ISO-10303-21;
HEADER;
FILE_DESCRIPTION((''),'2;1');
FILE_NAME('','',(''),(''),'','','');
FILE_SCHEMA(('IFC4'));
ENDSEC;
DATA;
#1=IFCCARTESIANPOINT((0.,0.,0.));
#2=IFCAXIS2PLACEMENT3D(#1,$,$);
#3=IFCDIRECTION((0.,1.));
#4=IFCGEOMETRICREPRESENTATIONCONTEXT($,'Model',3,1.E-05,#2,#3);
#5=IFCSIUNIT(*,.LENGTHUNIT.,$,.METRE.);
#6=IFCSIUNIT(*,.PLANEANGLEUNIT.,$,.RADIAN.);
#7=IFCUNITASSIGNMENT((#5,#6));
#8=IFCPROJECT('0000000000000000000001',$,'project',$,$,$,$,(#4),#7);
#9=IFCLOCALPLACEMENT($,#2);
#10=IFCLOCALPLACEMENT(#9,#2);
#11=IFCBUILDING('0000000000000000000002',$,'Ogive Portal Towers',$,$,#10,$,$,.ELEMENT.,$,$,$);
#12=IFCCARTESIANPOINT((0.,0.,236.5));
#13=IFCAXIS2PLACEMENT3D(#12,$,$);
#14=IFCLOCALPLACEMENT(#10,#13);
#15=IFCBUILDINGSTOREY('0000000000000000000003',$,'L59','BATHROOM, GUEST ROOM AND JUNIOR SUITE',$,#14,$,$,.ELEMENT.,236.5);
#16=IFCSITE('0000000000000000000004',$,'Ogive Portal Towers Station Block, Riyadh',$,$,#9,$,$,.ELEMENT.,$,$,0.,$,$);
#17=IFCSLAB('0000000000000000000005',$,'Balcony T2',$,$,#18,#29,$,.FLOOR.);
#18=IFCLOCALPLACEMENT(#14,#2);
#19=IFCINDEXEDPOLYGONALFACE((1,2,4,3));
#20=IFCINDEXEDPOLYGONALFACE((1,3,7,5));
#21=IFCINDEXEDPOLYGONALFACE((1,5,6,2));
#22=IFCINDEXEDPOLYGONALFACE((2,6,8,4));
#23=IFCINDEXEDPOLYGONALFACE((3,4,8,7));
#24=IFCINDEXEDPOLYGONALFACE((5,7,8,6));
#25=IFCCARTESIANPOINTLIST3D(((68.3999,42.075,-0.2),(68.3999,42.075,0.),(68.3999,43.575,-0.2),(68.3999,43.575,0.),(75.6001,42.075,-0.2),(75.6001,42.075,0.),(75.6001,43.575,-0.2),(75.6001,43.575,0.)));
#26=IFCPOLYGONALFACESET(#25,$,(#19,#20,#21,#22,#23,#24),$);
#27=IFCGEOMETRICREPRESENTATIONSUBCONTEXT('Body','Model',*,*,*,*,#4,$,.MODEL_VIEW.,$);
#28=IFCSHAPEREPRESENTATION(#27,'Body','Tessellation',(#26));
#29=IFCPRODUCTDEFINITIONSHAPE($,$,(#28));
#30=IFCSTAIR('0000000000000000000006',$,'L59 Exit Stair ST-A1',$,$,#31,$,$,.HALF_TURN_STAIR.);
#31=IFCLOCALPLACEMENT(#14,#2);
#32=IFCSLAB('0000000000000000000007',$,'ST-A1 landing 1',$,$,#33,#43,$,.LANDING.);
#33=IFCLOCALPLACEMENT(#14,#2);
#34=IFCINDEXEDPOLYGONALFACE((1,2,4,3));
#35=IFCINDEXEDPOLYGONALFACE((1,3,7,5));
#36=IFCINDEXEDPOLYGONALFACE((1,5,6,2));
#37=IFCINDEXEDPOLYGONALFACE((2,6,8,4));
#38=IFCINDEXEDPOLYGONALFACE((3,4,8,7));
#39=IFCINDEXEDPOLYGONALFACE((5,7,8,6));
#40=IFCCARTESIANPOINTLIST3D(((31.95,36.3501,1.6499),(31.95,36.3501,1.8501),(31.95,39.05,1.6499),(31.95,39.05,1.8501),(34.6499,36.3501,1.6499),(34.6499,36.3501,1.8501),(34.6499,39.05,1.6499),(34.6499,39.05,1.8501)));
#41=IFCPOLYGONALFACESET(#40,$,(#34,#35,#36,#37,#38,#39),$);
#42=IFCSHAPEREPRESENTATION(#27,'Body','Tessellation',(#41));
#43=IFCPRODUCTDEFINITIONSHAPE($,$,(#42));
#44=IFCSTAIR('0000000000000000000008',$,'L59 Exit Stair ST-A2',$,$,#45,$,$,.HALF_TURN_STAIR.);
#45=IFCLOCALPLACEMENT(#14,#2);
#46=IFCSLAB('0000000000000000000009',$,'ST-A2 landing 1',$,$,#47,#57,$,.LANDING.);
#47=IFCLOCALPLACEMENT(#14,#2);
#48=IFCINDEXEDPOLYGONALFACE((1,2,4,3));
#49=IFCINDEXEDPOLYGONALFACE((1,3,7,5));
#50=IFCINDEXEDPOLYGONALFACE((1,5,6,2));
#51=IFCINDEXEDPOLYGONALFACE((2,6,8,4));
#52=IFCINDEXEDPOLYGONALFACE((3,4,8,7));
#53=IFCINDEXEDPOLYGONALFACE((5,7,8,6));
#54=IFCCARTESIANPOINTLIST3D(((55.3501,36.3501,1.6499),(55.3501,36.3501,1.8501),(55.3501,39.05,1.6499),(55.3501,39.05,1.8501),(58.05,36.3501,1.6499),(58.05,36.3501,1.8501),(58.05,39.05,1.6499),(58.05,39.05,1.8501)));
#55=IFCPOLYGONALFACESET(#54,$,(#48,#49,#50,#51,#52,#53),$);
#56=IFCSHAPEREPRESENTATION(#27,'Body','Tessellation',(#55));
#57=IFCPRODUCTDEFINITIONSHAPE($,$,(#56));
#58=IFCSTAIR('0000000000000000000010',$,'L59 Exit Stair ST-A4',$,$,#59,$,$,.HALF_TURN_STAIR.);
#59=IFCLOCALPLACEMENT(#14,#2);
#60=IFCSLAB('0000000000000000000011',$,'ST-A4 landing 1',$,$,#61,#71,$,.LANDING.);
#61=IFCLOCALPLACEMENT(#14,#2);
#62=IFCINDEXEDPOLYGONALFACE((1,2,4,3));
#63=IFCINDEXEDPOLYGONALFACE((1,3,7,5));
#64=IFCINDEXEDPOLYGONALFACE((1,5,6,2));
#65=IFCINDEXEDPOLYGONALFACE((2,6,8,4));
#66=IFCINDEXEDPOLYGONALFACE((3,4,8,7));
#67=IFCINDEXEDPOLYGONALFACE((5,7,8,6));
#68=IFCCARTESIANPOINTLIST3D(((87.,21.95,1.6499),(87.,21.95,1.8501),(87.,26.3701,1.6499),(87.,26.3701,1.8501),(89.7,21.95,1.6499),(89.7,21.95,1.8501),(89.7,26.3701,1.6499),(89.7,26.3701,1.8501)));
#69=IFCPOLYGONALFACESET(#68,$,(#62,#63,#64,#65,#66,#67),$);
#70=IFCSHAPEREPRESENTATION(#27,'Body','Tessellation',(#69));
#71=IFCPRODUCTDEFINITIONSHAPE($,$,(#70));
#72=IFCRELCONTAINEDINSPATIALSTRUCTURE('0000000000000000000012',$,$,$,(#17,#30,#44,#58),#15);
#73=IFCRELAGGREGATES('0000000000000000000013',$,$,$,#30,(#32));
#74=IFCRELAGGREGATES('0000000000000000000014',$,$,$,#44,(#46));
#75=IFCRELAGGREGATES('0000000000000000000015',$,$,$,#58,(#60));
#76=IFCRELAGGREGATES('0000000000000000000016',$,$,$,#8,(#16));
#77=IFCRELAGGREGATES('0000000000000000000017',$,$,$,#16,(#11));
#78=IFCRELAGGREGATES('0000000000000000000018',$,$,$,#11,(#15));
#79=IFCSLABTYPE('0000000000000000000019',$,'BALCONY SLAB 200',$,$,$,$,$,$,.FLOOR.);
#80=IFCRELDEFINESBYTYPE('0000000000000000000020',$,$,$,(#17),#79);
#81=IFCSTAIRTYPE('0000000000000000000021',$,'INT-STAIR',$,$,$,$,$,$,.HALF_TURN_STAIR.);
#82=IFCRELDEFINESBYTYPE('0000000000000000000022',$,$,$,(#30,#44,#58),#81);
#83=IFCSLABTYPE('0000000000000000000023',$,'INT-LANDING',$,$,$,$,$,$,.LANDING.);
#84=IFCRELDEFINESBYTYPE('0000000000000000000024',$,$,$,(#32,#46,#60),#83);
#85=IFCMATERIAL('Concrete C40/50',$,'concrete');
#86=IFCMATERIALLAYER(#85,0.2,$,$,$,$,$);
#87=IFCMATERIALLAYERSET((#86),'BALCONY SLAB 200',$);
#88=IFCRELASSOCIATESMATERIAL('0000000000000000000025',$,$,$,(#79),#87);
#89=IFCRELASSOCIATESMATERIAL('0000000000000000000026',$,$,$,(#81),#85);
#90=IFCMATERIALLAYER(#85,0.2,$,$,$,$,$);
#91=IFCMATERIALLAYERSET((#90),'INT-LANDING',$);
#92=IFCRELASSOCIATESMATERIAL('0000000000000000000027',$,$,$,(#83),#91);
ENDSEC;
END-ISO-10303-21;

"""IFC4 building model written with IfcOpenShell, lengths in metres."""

from ifc_helpers import new_model, si_unit, direction, frame, origin, place, context, subcontext, project, spatial, polyline, outline, extrude, material, layer, layer_set, type_object, element, aggregate, save


model = new_model("IFC4")

# Units and contexts
model_context = context("Model", 3, precision=1e-05, world=origin(), true_north=direction((0.0, 1.0)))
body_context = subcontext(model_context, "Body", "Model", "MODEL_VIEW")
ifc_project = project(units=[si_unit("LENGTHUNIT", "METRE"), si_unit("PLANEANGLEUNIT", "RADIAN")], contexts=[model_context])

# Site, building, storey
site_placement = place(None, origin())
site = spatial("IfcSite", under=ifc_project, at=site_placement, Name="Ogive Portal Towers Station Block, Riyadh", CompositionType="ELEMENT", RefElevation=0.0)
building_placement = place(site_placement, origin())
building = spatial("IfcBuilding", under=site, at=building_placement, Name="Ogive Portal Towers", CompositionType="ELEMENT")
storey_placement = place(building_placement, frame((0.0, 0.0, 236.5)))
storey = spatial("IfcBuildingStorey", under=building, at=storey_placement, Name="L59", Description="BATHROOM, GUEST ROOM AND JUNIOR SUITE", CompositionType="ELEMENT", Elevation=236.5)

# Slab
ifc_material_1 = material(Name="Concrete C40/50", Category="concrete")
ifc_layer_1 = layer(ifc_material_1, 0.2)
ifc_layer_set_1 = layer_set([ifc_layer_1], Name="BALCONY SLAB 200")
slab_type_1 = type_object("IfcSlabType", Name="BALCONY SLAB 200", PredefinedType="FLOOR", material=ifc_layer_set_1)
slab_1_placement = place(storey_placement, frame((0.0, 0.0, -0.2)))
element("IfcSlab", 1, at=slab_1_placement, inside=storey, type_object=slab_type_1, Name="Balcony T2", PredefinedType="FLOOR", context=body_context, shape_type="SweptSolid", body=[
    extrude(outline(polyline([(68.3999, 42.075), (75.6001, 42.075), (75.6001, 43.575), (68.3999, 43.575), (68.3999, 42.075)])), origin(), (0.0, 0.0, 1.0), 0.2),
])

# Stairs, slabs
stair_type = type_object("IfcStairType", Name="INT-STAIR", PredefinedType="HALF_TURN_STAIR", material=ifc_material_1)
stair_1_placement = place(storey_placement, origin())
stair_1 = element("IfcStair", 2, at=stair_1_placement, inside=storey, type_object=stair_type, Name="L59 Exit Stair ST-A1", PredefinedType="HALF_TURN_STAIR")
ifc_layer_2 = layer(ifc_material_1, 0.2)
ifc_layer_set_2 = layer_set([ifc_layer_2], Name="INT-LANDING")
slab_type_2 = type_object("IfcSlabType", Name="INT-LANDING", PredefinedType="LANDING", material=ifc_layer_set_2)
slab_2_placement = place(storey_placement, frame((0.0, 0.0, 1.6499)))
slab_2 = element("IfcSlab", 3, at=slab_2_placement, type_object=slab_type_2, Name="ST-A1 landing 1", PredefinedType="LANDING", context=body_context, shape_type="SweptSolid", body=[
    extrude(outline(polyline([(34.6499, 39.05), (31.95, 39.05), (31.95, 36.3501), (34.6499, 36.3501), (34.6499, 39.05)])), origin(), (0.0, 0.0, 1.0), 0.2002),
])
aggregate(stair_1, [slab_2])
stair_2_placement = place(storey_placement, origin())
stair_2 = element("IfcStair", 4, at=stair_2_placement, inside=storey, type_object=stair_type, Name="L59 Exit Stair ST-A2", PredefinedType="HALF_TURN_STAIR")
slab_3_placement = place(storey_placement, frame((0.0, 0.0, 1.6499)))
slab_3 = element("IfcSlab", 5, at=slab_3_placement, type_object=slab_type_2, Name="ST-A2 landing 1", PredefinedType="LANDING", context=body_context, shape_type="SweptSolid", body=[
    extrude(outline(polyline([(55.3501, 36.3501), (58.05, 36.3501), (58.05, 39.05), (55.3501, 39.05), (55.3501, 36.3501)])), origin(), (0.0, 0.0, 1.0), 0.2002),
])
aggregate(stair_2, [slab_3])
stair_3_placement = place(storey_placement, origin())
stair_3 = element("IfcStair", 6, at=stair_3_placement, inside=storey, type_object=stair_type, Name="L59 Exit Stair ST-A4", PredefinedType="HALF_TURN_STAIR")
slab_4_placement = place(storey_placement, frame((0.0, 0.0, 1.6499)))
slab_4 = element("IfcSlab", 7, at=slab_4_placement, type_object=slab_type_2, Name="ST-A4 landing 1", PredefinedType="LANDING", context=body_context, shape_type="SweptSolid", body=[
    extrude(outline(polyline([(87.0, 26.3701), (87.0, 21.95), (89.7, 21.95), (89.7, 26.3701), (87.0, 26.3701)])), origin(), (0.0, 0.0, 1.0), 0.2002),
])
aggregate(stair_3, [slab_4])

save(model, "model.ifc")
